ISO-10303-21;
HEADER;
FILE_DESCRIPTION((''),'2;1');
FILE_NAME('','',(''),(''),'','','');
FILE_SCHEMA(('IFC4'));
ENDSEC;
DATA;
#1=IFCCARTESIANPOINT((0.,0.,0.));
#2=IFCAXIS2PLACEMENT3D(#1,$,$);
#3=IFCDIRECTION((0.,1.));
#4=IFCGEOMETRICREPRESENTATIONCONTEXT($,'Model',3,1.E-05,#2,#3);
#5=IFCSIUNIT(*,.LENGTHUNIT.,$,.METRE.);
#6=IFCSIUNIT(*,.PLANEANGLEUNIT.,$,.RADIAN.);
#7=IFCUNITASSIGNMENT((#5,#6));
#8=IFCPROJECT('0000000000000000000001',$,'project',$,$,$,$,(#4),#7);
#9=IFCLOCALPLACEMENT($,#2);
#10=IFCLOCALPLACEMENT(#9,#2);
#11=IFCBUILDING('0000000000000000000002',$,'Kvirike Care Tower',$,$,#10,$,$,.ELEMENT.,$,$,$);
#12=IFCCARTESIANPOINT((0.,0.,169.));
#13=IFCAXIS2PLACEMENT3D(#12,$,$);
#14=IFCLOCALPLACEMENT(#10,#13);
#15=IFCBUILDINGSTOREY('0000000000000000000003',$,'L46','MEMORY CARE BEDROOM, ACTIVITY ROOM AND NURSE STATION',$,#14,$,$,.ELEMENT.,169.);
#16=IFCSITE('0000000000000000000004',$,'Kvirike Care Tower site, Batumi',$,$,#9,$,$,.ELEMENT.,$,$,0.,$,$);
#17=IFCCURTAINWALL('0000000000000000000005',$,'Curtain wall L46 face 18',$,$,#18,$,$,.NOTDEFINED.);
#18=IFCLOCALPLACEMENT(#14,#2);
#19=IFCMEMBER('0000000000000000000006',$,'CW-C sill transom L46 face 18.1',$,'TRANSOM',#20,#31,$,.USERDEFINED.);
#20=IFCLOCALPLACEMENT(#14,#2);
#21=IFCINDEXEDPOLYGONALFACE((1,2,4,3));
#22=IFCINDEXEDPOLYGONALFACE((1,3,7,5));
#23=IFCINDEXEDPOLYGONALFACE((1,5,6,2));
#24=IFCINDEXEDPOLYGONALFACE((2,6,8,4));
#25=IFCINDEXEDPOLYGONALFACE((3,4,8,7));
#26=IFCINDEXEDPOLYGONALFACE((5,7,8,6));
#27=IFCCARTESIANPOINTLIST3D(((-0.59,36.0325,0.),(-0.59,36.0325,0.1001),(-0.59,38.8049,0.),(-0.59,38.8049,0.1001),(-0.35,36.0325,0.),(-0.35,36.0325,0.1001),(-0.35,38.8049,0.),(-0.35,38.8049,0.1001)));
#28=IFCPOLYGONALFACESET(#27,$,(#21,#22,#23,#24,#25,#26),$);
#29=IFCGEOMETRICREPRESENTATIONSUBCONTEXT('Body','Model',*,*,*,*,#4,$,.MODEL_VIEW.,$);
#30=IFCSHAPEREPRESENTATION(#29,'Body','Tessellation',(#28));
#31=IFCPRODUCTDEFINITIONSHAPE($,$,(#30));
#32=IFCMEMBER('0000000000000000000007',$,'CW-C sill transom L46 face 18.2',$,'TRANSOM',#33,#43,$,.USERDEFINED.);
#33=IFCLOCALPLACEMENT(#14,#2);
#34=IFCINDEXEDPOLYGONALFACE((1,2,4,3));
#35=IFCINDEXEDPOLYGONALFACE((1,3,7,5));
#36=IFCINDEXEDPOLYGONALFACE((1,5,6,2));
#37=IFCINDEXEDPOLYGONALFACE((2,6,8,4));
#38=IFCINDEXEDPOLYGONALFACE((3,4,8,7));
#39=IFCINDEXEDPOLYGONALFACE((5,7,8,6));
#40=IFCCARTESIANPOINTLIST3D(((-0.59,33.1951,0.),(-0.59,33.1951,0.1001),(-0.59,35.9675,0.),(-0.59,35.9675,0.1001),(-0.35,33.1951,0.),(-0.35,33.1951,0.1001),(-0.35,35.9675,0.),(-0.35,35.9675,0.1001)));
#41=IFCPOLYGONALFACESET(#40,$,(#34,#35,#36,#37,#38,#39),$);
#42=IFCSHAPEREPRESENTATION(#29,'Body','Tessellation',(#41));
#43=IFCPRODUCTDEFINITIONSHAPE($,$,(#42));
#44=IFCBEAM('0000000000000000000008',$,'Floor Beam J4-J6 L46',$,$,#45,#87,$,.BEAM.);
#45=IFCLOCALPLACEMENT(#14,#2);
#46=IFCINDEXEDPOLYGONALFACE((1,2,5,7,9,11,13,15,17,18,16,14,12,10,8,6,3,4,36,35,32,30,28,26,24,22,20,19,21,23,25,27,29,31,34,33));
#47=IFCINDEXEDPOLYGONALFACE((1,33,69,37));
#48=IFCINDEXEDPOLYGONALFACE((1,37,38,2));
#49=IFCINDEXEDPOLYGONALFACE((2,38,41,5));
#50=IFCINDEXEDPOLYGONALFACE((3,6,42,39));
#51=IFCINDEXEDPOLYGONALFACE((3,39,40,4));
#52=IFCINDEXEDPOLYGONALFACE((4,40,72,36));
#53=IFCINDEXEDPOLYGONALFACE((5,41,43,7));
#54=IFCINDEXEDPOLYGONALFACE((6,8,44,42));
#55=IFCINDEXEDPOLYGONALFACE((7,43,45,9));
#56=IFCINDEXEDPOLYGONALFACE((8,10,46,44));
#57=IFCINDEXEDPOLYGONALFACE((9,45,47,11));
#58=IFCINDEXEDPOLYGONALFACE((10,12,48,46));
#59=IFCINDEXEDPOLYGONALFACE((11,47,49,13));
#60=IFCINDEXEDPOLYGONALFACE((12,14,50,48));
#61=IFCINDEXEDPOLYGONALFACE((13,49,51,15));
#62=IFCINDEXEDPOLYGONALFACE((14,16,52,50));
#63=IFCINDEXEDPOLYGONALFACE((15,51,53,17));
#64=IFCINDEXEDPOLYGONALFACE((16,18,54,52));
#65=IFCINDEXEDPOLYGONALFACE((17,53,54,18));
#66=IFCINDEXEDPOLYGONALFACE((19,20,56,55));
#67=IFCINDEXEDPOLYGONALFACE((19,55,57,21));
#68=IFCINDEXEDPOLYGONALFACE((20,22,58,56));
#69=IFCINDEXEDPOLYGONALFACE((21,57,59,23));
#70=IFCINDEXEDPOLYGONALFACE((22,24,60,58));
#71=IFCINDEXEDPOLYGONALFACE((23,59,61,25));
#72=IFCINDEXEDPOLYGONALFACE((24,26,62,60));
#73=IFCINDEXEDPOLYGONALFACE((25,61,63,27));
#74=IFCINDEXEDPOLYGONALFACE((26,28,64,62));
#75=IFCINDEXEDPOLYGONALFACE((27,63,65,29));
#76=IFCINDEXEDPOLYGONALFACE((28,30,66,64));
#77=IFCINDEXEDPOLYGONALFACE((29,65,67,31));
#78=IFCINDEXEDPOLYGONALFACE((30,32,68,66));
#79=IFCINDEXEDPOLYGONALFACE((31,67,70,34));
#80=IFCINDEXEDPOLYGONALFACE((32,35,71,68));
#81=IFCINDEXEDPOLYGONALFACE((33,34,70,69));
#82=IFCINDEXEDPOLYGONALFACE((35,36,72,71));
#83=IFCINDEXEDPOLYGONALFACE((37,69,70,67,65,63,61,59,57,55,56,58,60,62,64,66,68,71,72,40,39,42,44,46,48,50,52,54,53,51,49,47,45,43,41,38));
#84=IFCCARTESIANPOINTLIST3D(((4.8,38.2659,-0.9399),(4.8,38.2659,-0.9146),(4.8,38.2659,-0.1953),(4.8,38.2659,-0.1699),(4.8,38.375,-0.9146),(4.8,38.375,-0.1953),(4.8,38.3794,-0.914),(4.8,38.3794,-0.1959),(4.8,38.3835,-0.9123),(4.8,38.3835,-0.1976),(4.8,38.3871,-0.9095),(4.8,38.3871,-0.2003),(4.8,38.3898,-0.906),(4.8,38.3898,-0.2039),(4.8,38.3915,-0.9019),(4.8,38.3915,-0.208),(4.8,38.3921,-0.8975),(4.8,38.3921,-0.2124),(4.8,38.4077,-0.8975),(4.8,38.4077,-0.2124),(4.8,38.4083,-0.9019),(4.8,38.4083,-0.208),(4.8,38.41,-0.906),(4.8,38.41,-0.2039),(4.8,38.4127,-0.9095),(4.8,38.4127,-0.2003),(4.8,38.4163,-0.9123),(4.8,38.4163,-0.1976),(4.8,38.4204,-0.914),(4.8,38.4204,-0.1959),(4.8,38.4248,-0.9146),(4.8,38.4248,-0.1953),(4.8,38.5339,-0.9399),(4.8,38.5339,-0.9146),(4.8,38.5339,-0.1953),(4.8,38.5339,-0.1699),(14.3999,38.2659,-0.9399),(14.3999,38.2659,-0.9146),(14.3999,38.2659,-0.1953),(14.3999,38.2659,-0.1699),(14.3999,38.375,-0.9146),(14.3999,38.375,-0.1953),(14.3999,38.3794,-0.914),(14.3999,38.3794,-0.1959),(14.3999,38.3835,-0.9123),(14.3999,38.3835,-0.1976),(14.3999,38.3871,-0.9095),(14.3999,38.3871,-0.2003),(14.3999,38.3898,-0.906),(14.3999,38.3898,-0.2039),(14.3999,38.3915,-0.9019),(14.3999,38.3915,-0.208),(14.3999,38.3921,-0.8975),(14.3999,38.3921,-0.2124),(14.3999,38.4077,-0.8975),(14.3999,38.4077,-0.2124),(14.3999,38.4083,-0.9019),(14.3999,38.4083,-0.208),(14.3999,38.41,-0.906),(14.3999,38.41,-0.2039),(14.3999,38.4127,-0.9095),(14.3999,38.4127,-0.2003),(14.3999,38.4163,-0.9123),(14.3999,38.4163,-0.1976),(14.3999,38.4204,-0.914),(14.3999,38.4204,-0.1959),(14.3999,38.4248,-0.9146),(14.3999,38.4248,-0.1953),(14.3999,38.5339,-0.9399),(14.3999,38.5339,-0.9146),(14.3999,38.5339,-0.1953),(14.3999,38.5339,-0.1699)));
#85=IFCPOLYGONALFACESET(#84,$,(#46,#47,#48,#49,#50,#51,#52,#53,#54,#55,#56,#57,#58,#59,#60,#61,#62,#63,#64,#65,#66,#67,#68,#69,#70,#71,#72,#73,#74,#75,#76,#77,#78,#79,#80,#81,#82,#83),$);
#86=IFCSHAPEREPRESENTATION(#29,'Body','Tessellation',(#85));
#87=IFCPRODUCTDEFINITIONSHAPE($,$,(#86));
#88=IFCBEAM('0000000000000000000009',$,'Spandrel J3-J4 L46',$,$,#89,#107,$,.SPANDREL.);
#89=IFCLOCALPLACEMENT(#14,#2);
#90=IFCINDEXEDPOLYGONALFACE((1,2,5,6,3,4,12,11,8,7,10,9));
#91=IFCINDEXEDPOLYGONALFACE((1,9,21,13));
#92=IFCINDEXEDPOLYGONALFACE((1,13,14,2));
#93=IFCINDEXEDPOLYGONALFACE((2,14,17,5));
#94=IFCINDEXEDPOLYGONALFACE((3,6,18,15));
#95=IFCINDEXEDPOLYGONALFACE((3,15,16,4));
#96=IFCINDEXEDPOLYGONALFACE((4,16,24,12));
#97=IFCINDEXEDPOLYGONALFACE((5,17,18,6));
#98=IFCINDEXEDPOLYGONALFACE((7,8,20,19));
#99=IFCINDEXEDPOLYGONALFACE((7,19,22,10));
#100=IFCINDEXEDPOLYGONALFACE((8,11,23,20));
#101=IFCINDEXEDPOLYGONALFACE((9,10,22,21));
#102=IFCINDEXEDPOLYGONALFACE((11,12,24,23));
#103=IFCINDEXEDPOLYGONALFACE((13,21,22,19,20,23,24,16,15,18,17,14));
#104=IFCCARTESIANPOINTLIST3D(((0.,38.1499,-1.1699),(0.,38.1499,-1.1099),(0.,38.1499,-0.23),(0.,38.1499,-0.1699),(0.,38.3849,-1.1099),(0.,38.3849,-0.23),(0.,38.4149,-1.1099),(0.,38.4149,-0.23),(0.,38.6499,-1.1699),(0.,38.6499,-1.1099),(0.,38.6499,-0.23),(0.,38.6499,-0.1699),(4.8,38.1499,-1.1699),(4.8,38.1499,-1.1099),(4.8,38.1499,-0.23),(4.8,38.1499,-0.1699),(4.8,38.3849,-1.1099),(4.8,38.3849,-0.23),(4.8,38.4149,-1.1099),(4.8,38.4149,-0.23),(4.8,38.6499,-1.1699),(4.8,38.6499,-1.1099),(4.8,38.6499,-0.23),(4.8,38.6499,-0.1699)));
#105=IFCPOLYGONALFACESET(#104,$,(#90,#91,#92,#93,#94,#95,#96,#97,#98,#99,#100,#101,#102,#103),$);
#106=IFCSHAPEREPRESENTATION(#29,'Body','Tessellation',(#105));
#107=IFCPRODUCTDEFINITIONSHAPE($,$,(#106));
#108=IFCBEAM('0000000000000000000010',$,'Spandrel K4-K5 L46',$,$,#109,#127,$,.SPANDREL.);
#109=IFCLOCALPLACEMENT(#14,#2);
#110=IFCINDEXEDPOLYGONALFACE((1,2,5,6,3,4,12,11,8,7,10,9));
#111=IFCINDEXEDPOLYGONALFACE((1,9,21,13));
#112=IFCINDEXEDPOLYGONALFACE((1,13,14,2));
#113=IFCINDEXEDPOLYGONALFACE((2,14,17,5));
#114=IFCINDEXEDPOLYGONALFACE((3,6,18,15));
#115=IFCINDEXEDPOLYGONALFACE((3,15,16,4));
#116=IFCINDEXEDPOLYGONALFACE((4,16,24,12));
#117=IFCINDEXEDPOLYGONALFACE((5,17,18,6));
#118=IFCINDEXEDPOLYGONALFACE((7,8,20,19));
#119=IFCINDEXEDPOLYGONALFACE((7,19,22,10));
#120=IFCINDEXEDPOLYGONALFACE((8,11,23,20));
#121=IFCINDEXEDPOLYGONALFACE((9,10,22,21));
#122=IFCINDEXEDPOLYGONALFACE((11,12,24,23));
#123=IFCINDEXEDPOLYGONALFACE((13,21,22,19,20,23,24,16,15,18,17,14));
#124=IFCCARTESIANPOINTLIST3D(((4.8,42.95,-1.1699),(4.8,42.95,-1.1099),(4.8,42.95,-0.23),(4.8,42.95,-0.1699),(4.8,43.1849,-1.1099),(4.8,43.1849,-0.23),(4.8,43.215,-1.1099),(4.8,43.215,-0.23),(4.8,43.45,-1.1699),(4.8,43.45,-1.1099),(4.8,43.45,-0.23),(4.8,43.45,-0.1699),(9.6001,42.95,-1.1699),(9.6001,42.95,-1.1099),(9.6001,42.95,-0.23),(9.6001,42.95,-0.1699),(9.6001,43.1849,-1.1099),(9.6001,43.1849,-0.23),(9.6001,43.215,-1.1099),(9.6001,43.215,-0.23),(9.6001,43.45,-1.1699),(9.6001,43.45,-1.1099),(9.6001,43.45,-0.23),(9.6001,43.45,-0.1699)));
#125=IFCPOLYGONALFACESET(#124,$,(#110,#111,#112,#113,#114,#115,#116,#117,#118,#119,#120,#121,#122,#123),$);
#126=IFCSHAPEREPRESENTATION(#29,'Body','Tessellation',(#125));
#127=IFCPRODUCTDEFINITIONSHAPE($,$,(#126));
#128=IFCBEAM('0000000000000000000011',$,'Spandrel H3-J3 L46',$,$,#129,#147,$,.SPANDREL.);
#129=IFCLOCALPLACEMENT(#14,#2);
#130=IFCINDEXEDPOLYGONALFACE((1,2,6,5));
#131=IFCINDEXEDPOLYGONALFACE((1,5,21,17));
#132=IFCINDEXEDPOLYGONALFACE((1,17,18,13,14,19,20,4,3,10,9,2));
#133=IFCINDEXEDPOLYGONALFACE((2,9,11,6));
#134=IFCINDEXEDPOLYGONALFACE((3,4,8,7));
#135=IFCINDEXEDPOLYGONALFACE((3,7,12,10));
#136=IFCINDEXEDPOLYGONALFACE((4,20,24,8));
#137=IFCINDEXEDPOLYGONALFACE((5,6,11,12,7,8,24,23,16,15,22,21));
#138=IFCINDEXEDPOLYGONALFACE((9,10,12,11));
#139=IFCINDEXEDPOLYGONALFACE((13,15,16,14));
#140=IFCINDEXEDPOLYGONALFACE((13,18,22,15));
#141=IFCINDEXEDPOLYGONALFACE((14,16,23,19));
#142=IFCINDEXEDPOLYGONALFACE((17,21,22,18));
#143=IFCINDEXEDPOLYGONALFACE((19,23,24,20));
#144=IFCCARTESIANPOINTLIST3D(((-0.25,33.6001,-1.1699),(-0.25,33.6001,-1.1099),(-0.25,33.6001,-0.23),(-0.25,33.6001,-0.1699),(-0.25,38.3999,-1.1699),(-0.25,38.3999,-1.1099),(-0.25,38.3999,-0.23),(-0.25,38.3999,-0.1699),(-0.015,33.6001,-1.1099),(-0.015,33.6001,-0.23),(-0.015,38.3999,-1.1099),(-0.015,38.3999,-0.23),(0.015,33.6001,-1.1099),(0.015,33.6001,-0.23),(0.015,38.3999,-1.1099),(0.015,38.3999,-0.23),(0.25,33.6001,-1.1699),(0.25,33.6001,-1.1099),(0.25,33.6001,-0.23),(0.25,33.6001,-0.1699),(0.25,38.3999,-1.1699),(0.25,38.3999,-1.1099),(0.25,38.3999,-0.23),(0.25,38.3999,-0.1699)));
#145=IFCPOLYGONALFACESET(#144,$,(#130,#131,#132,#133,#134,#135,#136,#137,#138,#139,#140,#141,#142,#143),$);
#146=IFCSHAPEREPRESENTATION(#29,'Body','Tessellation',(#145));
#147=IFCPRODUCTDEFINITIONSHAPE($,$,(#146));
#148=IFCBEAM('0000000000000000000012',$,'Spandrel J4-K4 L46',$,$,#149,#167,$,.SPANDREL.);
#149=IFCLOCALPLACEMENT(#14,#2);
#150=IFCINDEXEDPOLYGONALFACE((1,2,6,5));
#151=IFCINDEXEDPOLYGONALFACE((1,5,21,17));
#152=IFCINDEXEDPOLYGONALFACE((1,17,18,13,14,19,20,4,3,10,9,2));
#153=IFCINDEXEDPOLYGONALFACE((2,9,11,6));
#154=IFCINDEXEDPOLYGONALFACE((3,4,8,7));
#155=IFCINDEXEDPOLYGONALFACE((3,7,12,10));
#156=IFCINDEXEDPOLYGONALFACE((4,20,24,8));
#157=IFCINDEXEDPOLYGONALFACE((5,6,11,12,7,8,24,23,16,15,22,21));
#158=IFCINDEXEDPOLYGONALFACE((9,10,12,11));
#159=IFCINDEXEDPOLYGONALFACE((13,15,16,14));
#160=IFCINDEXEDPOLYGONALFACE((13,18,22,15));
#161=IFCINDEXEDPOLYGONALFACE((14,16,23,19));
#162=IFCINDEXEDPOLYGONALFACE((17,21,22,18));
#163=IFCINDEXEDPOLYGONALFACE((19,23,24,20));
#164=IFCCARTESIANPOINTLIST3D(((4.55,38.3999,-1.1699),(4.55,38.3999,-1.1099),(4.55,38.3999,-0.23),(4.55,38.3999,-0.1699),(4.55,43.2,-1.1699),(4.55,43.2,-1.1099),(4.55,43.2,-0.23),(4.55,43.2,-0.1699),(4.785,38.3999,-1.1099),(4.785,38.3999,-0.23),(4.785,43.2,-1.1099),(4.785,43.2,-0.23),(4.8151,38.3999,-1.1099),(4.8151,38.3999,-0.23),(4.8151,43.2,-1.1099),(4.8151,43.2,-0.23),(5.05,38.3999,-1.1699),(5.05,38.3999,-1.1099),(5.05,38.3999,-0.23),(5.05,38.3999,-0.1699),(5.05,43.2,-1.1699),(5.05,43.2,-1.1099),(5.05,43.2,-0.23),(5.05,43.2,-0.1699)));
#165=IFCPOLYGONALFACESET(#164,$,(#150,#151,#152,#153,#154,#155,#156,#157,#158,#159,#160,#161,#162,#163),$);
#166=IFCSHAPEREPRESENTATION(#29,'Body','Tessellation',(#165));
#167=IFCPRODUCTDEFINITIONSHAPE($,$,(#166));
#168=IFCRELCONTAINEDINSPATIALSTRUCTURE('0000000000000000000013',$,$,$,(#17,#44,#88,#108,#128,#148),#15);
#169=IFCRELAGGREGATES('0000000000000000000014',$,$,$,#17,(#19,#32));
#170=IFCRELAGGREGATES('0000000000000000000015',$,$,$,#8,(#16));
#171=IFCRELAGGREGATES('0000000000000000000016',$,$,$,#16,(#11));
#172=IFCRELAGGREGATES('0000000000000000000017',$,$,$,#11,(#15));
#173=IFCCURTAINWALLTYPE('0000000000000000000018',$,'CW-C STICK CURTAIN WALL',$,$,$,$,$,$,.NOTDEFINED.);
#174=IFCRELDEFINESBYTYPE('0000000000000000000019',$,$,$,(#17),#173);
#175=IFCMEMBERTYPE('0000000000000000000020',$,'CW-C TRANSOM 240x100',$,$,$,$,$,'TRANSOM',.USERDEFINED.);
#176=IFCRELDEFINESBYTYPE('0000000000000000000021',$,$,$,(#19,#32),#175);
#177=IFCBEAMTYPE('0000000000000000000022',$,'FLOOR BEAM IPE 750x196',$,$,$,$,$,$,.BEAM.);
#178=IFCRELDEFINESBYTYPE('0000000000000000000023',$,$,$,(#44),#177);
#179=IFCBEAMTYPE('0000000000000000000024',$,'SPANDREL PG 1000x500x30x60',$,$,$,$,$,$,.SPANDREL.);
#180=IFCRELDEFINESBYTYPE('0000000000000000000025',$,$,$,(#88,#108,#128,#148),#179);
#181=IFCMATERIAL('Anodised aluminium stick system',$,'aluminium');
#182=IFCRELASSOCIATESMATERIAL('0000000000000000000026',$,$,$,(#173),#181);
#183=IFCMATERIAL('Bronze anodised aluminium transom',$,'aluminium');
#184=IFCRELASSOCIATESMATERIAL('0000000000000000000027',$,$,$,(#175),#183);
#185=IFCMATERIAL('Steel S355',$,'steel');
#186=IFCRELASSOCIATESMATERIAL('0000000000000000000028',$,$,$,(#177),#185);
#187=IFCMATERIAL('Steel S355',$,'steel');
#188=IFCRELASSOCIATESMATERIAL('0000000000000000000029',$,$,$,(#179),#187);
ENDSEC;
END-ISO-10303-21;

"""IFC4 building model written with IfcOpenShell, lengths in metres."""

from ifc_helpers import new_model, si_unit, direction, frame, origin, origin_2d, place, context, subcontext, project, spatial, rectangle, i_section, extrude, material, material_profile, profile_set, type_object, element, aggregate, save


model = new_model("IFC4")

# Units and contexts
model_context = context("Model", 3, precision=1e-05, world=origin(), true_north=direction((0.0, 1.0)))
body_context = subcontext(model_context, "Body", "Model", "MODEL_VIEW")
ifc_project = project(units=[si_unit("LENGTHUNIT", "METRE"), si_unit("PLANEANGLEUNIT", "RADIAN")], contexts=[model_context])

# Site, building, storey
site_placement = place(None, origin())
site = spatial("IfcSite", under=ifc_project, at=site_placement, Name="Kvirike Care Tower site, Batumi", CompositionType="ELEMENT", RefElevation=0.0)
building_placement = place(site_placement, origin())
building = spatial("IfcBuilding", under=site, at=building_placement, Name="Kvirike Care Tower", CompositionType="ELEMENT")
storey_placement = place(building_placement, frame((0.0, 0.0, 169.0)))
storey = spatial("IfcBuildingStorey", under=building, at=storey_placement, Name="L46", Description="MEMORY CARE BEDROOM, ACTIVITY ROOM AND NURSE STATION", CompositionType="ELEMENT", Elevation=169.0)

# Curtain wall
ifc_material_1 = material(Name="Anodised aluminium stick system", Category="aluminium")
curtain_wall_type = type_object("IfcCurtainWallType", Name="CW-C STICK CURTAIN WALL", PredefinedType="NOTDEFINED", material=ifc_material_1)
curtain_wall_1_placement = place(storey_placement, origin())
curtain_wall_1 = element("IfcCurtainWall", 1, at=curtain_wall_1_placement, inside=storey, type_object=curtain_wall_type, Name="Curtain wall L46 face 18", PredefinedType="NOTDEFINED")

# Members
ifc_material_2 = material(Name="Bronze anodised aluminium transom", Category="aluminium")
ifc_material_profile_1 = material_profile(ifc_material_2, rectangle(XDim=0.24, YDim=0.1001, at=origin_2d()), Name="CW-C TRANSOM 240x100")
ifc_profile_set_1 = profile_set([ifc_material_profile_1], Name="Bronze anodised aluminium transom")
member_type_1 = type_object("IfcMemberType", Name="CW-C TRANSOM 240x100", ElementType="TRANSOM", PredefinedType="USERDEFINED", material=ifc_profile_set_1)
member_1_placement = place(storey_placement, frame((-0.47, 38.8049, 0.05), z_axis=(0.0, -1.0, 0.0), x_axis=(1.0, 0.0, 0.0)))
member_1 = element("IfcMember", 2, at=member_1_placement, type_object=member_type_1, Name="CW-C sill transom L46 face 18.1", ObjectType="TRANSOM", PredefinedType="USERDEFINED", context=body_context, shape_type="SweptSolid", body=[
    extrude(rectangle(XDim=0.24, YDim=0.1001, at=origin_2d()), origin(), (0.0, 0.0, 1.0), 2.7725),
])
member_2_placement = place(storey_placement, frame((-0.47, 35.9675, 0.05), z_axis=(0.0, -1.0, 0.0), x_axis=(1.0, 0.0, 0.0)))
member_2 = element("IfcMember", 3, at=member_2_placement, type_object=member_type_1, Name="CW-C sill transom L46 face 18.2", ObjectType="TRANSOM", PredefinedType="USERDEFINED", context=body_context, shape_type="SweptSolid", body=[
    extrude(rectangle(XDim=0.24, YDim=0.1001, at=origin_2d()), origin(), (0.0, 0.0, 1.0), 2.7725),
])

# Beams
ifc_material_3 = material(Name="Steel S355", Category="steel")
ifc_material_profile_2 = material_profile(ifc_material_3, i_section(OverallWidth=0.2681, OverallDepth=0.77, WebThickness=0.0156, FlangeThickness=0.0254, FilletRadius=0.0171, at=origin_2d()), Name="IPE 750x196")
ifc_profile_set_2 = profile_set([ifc_material_profile_2], Name="Steel S355")
beam_type_1 = type_object("IfcBeamType", Name="FLOOR BEAM IPE 750x196", PredefinedType="BEAM", material=ifc_profile_set_2)
beam_1_placement = place(storey_placement, frame((4.8, 38.3999, -0.5549), z_axis=(1.0, 0.0, 0.0), x_axis=(0.0, 1.0, 0.0)))
element("IfcBeam", 4, at=beam_1_placement, inside=storey, type_object=beam_type_1, Name="Floor Beam J4-J6 L46", PredefinedType="BEAM", context=body_context, shape_type="SweptSolid", body=[
    extrude(i_section(OverallWidth=0.2681, OverallDepth=0.77, WebThickness=0.0156, FlangeThickness=0.0254, FilletRadius=0.0171, at=origin_2d()), origin(), (0.0, 0.0, 1.0), 9.5999),
])
ifc_material_4 = material(Name="Steel S355", Category="steel")
ifc_material_profile_3 = material_profile(ifc_material_4, i_section(OverallWidth=0.5, OverallDepth=1.0, WebThickness=0.03, FlangeThickness=0.0601, at=origin_2d()), Name="PG 1000x500x30x60")
ifc_profile_set_3 = profile_set([ifc_material_profile_3], Name="Steel S355")
beam_type_2 = type_object("IfcBeamType", Name="SPANDREL PG 1000x500x30x60", PredefinedType="SPANDREL", material=ifc_profile_set_3)
for number, where, z_axis, x_axis, name in (
    (5, (0.0, 38.3999, -0.6699), (1.0, 0.0, 0.0), (0.0, 1.0, 0.0), "Spandrel J3-J4 L46"),
    (6, (4.8, 43.2, -0.6699), (1.0, 0.0, 0.0), (0.0, 1.0, 0.0), "Spandrel K4-K5 L46"),
):
    element("IfcBeam", number, at=place(storey_placement, frame(where, z_axis=z_axis, x_axis=x_axis)), inside=storey, type_object=beam_type_2, Name=name, PredefinedType="SPANDREL", context=body_context, shape_type="SweptSolid", body=[
        extrude(i_section(OverallWidth=0.5, OverallDepth=1.0, WebThickness=0.03, FlangeThickness=0.0601, at=origin_2d()), origin(), (0.0, 0.0, 1.0), 4.8),
    ])
beam_2_placement = place(storey_placement, frame((0.0, 33.6001, -0.6699), z_axis=(0.0, 1.0, 0.0), x_axis=(-1.0, 0.0, 0.0)))
element("IfcBeam", 7, at=beam_2_placement, inside=storey, type_object=beam_type_2, Name="Spandrel H3-J3 L46", PredefinedType="SPANDREL", context=body_context, shape_type="SweptSolid", body=[
    extrude(i_section(OverallWidth=0.5, OverallDepth=1.0, WebThickness=0.03, FlangeThickness=0.0601, at=origin_2d()), origin(), (0.0, 0.0, 1.0), 4.7998),
])
beam_3_placement = place(storey_placement, frame((4.8, 38.3999, -0.6699), z_axis=(0.0, 1.0, 0.0), x_axis=(-1.0, 0.0, 0.0)))
element("IfcBeam", 8, at=beam_3_placement, inside=storey, type_object=beam_type_2, Name="Spandrel J4-K4 L46", PredefinedType="SPANDREL", context=body_context, shape_type="SweptSolid", body=[
    extrude(i_section(OverallWidth=0.5, OverallDepth=1.0, WebThickness=0.03, FlangeThickness=0.0601, at=origin_2d()), origin(), (0.0, 0.0, 1.0), 4.8),
])

aggregate(curtain_wall_1, [member_1, member_2])

save(model, "model.ifc")
